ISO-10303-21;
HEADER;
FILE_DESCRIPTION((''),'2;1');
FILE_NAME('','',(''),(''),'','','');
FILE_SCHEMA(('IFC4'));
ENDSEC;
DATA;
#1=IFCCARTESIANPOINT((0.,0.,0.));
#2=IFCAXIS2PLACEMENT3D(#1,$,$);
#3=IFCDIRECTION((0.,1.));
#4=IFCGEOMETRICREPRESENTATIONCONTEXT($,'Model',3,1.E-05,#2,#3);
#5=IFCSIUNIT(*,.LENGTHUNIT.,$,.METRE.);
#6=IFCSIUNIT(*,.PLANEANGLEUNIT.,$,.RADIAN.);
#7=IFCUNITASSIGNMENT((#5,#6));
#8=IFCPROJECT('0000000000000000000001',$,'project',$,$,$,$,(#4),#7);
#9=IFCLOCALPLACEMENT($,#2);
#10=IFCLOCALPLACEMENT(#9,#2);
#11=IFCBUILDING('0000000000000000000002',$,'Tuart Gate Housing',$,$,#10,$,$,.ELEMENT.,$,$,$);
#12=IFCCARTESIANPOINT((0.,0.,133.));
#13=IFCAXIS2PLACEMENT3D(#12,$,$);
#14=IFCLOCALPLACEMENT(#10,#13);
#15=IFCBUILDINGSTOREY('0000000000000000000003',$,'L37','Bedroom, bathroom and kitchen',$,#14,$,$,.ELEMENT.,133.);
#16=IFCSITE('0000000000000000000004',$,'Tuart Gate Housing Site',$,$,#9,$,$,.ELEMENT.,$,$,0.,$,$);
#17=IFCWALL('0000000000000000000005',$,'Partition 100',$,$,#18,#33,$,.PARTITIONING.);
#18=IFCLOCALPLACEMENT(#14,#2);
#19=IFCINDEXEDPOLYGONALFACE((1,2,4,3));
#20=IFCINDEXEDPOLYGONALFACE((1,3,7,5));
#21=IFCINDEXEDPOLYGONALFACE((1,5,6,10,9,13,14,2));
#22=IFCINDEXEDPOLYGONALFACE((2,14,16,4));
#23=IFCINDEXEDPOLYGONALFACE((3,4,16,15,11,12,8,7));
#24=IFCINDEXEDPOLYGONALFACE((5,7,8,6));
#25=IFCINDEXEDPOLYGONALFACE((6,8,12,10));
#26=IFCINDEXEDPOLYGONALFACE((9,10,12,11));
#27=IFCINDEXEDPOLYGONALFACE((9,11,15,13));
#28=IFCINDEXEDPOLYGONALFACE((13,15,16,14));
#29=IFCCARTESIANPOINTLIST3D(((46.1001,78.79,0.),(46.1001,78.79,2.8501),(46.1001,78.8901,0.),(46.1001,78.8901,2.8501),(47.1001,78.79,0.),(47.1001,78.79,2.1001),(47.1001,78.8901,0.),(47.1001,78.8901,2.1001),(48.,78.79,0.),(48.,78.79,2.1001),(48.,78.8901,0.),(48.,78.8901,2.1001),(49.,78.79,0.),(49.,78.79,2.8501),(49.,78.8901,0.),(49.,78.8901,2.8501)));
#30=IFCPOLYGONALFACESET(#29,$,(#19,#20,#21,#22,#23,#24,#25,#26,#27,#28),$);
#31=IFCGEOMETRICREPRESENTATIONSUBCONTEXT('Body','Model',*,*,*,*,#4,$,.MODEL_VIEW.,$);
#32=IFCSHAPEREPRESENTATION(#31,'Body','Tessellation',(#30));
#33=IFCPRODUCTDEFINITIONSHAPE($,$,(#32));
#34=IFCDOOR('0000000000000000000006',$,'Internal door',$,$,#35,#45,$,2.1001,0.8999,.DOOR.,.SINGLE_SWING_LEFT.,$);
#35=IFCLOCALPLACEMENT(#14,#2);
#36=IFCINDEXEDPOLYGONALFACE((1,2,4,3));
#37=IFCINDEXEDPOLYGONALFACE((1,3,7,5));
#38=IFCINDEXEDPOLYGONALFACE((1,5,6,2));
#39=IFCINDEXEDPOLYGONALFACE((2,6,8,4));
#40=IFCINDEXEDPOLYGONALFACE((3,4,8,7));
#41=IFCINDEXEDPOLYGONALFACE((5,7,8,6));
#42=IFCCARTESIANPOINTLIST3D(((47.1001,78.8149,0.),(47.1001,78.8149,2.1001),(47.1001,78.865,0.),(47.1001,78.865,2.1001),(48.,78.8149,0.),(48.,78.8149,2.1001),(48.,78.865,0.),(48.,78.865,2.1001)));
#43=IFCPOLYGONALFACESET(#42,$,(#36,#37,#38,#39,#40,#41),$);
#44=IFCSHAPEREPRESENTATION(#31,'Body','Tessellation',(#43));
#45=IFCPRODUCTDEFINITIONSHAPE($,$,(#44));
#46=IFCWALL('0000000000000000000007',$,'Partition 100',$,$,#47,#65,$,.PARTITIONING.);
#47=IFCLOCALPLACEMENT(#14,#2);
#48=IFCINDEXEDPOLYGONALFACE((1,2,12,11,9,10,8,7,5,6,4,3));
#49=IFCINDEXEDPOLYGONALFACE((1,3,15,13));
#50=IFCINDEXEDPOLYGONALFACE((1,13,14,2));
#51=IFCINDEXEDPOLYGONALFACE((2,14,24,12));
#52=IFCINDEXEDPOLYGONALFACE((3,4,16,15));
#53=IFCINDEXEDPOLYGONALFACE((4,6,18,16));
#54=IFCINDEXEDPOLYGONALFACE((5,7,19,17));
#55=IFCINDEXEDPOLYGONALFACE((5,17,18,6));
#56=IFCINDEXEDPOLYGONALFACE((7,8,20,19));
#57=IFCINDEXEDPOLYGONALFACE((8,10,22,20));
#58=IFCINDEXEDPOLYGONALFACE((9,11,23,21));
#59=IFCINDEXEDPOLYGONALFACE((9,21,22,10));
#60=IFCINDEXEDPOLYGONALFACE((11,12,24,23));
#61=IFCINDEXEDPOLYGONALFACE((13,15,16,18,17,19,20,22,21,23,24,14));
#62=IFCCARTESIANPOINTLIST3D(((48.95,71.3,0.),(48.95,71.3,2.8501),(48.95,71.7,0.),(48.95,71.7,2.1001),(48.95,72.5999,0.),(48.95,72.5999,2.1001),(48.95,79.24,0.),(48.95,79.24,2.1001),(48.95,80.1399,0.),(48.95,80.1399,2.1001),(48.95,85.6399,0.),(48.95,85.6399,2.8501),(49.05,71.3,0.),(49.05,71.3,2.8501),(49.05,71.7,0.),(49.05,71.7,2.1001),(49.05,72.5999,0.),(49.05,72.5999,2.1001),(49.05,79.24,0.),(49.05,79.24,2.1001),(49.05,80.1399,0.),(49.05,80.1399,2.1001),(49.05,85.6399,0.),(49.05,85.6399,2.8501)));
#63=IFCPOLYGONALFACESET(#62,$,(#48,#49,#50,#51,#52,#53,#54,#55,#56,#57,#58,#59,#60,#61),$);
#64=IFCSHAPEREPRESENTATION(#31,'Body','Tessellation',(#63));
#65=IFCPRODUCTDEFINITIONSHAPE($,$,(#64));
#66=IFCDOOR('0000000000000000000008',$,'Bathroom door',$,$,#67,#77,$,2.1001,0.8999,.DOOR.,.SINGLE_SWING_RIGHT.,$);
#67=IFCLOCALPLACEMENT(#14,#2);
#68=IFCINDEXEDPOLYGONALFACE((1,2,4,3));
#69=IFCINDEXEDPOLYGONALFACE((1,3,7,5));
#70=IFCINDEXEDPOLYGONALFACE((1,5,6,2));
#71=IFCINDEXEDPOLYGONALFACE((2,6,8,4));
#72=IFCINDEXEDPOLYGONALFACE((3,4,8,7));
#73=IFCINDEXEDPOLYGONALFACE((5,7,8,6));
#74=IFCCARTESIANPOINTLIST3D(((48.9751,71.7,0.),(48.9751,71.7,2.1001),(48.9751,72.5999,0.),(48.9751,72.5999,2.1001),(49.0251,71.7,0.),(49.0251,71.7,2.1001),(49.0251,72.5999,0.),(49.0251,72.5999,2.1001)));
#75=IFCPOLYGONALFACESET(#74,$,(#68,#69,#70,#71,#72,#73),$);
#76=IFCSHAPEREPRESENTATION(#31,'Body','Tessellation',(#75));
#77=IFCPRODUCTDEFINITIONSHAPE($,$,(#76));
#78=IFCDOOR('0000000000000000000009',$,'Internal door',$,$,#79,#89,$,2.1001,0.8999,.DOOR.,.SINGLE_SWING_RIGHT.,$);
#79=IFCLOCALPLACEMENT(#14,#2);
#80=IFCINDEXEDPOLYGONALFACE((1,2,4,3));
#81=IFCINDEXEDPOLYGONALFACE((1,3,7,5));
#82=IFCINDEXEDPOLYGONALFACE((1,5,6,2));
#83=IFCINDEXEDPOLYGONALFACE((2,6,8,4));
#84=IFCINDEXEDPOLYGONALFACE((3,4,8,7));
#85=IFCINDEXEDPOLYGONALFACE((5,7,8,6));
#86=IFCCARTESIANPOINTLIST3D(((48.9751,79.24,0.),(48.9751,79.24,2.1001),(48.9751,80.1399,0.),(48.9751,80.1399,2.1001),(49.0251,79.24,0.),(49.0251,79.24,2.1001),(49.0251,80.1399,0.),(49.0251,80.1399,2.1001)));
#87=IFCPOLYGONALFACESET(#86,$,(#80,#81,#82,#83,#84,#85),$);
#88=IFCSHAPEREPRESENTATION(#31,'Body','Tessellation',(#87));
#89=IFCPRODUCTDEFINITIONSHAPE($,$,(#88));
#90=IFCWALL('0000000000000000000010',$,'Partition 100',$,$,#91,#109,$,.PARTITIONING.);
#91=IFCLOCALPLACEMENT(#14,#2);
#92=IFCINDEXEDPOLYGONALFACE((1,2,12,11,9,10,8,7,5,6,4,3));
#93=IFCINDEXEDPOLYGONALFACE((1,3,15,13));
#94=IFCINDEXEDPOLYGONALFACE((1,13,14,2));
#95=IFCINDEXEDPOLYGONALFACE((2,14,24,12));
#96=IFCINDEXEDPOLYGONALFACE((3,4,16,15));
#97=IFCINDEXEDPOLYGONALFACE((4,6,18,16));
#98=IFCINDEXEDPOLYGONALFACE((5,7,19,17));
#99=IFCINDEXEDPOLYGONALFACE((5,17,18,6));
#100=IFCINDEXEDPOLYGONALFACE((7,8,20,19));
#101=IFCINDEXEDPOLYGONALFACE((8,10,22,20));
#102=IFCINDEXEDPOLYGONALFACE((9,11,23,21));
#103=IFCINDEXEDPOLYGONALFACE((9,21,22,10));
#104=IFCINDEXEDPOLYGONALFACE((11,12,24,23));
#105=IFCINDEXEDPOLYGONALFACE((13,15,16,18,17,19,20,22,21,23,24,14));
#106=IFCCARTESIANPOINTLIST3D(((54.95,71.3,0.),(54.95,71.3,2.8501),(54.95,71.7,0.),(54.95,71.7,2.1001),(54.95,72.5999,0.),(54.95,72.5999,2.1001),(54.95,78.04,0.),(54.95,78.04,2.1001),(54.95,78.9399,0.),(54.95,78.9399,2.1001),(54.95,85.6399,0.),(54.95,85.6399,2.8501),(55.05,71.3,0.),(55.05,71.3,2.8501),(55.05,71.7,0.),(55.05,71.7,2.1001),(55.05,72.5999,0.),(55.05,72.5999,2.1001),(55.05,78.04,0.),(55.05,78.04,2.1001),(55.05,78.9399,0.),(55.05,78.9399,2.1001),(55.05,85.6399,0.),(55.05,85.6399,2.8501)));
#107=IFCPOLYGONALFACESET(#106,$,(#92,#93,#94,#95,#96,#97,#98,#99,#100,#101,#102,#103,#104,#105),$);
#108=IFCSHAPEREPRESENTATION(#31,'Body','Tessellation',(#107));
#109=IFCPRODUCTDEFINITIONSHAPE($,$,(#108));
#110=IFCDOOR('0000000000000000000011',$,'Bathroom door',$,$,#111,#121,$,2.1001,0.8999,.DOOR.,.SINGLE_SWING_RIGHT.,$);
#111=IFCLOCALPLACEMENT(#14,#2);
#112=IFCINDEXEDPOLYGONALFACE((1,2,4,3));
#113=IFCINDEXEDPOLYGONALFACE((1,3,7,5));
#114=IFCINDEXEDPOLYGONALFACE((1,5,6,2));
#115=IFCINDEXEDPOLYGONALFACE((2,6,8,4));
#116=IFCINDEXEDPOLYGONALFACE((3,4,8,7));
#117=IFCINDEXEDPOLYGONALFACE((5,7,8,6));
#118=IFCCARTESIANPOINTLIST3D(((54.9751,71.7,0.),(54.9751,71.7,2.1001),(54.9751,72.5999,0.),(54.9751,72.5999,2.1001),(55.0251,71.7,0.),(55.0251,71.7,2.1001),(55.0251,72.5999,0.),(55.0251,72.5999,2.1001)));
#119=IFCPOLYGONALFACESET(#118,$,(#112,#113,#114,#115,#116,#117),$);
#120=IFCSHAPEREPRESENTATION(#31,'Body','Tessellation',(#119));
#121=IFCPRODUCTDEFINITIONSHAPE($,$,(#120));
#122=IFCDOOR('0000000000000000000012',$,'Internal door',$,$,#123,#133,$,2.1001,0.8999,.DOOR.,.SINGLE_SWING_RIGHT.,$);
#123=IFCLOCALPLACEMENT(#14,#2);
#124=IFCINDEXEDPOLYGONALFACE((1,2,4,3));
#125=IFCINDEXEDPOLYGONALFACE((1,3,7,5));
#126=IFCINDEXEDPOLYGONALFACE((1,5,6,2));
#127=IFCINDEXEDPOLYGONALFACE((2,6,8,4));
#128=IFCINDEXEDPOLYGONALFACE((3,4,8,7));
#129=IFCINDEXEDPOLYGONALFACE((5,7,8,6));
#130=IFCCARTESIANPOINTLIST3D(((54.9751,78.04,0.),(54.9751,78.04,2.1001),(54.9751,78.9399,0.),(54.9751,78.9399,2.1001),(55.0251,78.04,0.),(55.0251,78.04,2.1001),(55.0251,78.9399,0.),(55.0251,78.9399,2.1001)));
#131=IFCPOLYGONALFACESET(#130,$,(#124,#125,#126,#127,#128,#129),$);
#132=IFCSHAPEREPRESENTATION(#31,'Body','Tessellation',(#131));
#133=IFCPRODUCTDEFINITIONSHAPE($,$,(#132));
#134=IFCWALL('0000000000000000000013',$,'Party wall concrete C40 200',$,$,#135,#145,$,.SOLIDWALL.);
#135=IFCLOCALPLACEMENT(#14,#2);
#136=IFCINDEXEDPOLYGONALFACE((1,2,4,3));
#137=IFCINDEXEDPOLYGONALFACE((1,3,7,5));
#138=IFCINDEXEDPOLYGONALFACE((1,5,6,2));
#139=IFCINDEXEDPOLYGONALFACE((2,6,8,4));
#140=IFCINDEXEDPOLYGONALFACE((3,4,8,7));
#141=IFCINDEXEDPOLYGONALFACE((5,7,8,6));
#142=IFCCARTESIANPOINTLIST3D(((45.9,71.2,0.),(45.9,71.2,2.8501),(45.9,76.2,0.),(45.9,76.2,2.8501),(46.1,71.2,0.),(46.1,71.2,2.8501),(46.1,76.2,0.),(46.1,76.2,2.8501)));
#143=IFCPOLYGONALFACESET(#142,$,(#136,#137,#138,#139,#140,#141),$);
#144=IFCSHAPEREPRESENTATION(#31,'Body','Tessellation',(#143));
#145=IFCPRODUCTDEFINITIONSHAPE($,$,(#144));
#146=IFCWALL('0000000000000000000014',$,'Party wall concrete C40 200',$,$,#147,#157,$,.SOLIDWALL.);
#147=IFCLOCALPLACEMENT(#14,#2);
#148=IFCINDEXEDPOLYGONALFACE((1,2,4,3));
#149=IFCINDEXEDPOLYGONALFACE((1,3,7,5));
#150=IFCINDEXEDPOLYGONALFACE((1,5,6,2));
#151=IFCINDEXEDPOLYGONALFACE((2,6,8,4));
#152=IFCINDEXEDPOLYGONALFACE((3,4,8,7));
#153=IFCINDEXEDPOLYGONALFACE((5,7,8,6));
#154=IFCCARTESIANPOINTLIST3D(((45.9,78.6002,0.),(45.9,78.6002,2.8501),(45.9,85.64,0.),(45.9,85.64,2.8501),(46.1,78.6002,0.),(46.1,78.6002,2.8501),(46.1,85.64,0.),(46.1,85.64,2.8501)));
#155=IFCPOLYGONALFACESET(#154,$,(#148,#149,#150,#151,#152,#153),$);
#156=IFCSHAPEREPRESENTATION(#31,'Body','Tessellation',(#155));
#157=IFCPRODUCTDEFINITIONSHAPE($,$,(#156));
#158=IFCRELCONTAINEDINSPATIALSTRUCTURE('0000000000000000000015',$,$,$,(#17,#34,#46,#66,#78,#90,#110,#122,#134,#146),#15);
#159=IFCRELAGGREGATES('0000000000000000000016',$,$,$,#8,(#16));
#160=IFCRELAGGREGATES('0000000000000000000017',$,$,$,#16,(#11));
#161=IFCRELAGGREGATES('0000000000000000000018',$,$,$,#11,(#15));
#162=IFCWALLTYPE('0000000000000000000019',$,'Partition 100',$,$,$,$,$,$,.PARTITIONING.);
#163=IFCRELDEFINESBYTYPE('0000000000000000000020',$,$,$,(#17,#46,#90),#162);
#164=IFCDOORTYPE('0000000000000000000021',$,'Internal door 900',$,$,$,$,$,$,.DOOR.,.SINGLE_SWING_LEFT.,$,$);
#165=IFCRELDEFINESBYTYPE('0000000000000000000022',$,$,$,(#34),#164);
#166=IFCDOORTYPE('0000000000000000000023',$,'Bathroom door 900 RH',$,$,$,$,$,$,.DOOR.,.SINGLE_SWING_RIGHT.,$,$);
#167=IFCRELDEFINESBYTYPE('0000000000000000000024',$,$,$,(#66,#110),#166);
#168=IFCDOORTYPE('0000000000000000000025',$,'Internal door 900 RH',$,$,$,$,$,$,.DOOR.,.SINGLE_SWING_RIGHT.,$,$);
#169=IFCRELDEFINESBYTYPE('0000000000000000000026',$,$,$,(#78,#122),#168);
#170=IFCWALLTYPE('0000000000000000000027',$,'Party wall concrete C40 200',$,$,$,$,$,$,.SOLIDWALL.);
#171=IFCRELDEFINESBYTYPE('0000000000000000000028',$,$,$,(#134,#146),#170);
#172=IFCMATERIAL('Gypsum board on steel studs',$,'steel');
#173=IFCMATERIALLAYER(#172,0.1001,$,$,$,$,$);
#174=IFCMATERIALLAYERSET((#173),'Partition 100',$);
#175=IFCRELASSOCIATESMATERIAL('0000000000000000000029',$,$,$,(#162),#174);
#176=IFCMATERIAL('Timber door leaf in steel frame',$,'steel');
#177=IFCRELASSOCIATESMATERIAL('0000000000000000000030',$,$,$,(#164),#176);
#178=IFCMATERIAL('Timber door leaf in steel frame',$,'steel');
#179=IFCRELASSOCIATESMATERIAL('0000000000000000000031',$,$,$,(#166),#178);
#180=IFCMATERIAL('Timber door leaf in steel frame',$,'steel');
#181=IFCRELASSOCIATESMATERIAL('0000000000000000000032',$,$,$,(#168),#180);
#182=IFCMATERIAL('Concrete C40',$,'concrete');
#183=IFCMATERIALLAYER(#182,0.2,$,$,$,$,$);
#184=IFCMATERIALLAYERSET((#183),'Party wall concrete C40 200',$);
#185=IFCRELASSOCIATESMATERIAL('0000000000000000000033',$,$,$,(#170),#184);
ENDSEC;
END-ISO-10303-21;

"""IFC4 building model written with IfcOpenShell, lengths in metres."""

from ifc_helpers import new_model, si_unit, direction, frame, frame_2d, origin, place, context, subcontext, project, spatial, rectangle, extrude, material, layer, layer_set, type_object, element, fill, save


model = new_model("IFC4")

# Units and contexts
model_context = context("Model", 3, precision=1e-05, world=origin(), true_north=direction((0.0, 1.0)))
body_context = subcontext(model_context, "Body", "Model", "MODEL_VIEW")
ifc_project = project(units=[si_unit("LENGTHUNIT", "METRE"), si_unit("PLANEANGLEUNIT", "RADIAN")], contexts=[model_context])

# Site, building, storey
site_placement = place(None, origin())
site = spatial("IfcSite", under=ifc_project, at=site_placement, Name="Tuart Gate Housing Site", CompositionType="ELEMENT", RefElevation=0.0)
building_placement = place(site_placement, origin())
building = spatial("IfcBuilding", under=site, at=building_placement, Name="Tuart Gate Housing", CompositionType="ELEMENT")
storey_placement = place(building_placement, frame((0.0, 0.0, 133.0)))
storey = spatial("IfcBuildingStorey", under=building, at=storey_placement, Name="L37", Description="Bedroom, bathroom and kitchen", CompositionType="ELEMENT", Elevation=133.0)

# Shared definitions
ifc_material_1 = material(Name="Gypsum board on steel studs", Category="steel")
ifc_layer_1 = layer(ifc_material_1, 0.1001)
ifc_layer_set_1 = layer_set([ifc_layer_1], Name="Partition 100")
wall_type_1 = type_object("IfcWallType", Name="Partition 100", PredefinedType="PARTITIONING", material=ifc_layer_set_1)

# Wall, opening, door
ifc_material_2 = material(Name="Timber door leaf in steel frame", Category="steel")
door_type_1 = type_object("IfcDoorType", Name="Internal door 900", OperationType="SINGLE_SWING_LEFT", PredefinedType="DOOR", material=ifc_material_2)
wall_1_placement = place(storey_placement, frame((46.1001, 78.8401, 0.0), z_axis=(0.0, 0.0, 1.0), x_axis=(1.0, 0.0, 0.0)))
wall_1 = element("IfcWall", 1, at=wall_1_placement, inside=storey, type_object=wall_type_1, Name="Partition 100", PredefinedType="PARTITIONING", context=body_context, shape_type="SweptSolid", body=[
    extrude(rectangle(XDim=2.8999, YDim=0.1001, at=frame_2d((1.45, 0.0))), origin(), (0.0, 0.0, 1.0), 2.8501),
])
opening_1_placement = place(wall_1_placement, frame((1.0, 0.0, 0.0)))
opening_1 = element("IfcOpeningElement", 2, at=opening_1_placement, cuts=wall_1, PredefinedType="OPENING", context=body_context, shape_type="SweptSolid", body=[
    extrude(rectangle(XDim=0.8999, YDim=2.1001, at=frame_2d((0.45, 1.05))), frame((0.0, 0.0601, 0.0), z_axis=(0.0, -1.0, 0.0), x_axis=(1.0, 0.0, 0.0)), (0.0, 0.0, 1.0), 0.1201),
])
door_1_placement = place(opening_1_placement, frame((0.8999, 0.0, 0.0), z_axis=(0.0, 0.0, 1.0), x_axis=(-1.0, 0.0, 0.0)))
door_1 = element("IfcDoor", 3, at=door_1_placement, inside=storey, type_object=door_type_1, Name="Internal door", OperationType="SINGLE_SWING_LEFT", OverallHeight=2.1001, OverallWidth=0.8999, PredefinedType="DOOR", context=body_context, shape_type="SweptSolid", body=[
    extrude(rectangle(XDim=0.8999, YDim=2.1001, at=frame_2d((0.45, 1.05))), frame((0.0, 0.0251, 0.0), z_axis=(0.0, -1.0, 0.0), x_axis=(1.0, 0.0, 0.0)), (0.0, 0.0, 1.0), 0.05),
])
fill(opening_1, door_1)

# Walls, openings, doors
wall_2_placement = place(storey_placement, frame((49.0, 71.3, 0.0), z_axis=(0.0, 0.0, 1.0), x_axis=(0.0, 1.0, 0.0)))
wall_2 = element("IfcWall", 4, at=wall_2_placement, inside=storey, type_object=wall_type_1, Name="Partition 100", PredefinedType="PARTITIONING", context=body_context, shape_type="SweptSolid", body=[
    extrude(rectangle(XDim=14.3398, YDim=0.1001, at=frame_2d((7.1699, 0.0))), origin(), (0.0, 0.0, 1.0), 2.8501),
])
opening_2_placement = place(wall_2_placement, frame((7.9399, 0.0, 0.0)))
opening_2 = element("IfcOpeningElement", 5, at=opening_2_placement, cuts=wall_2, PredefinedType="OPENING", context=body_context, shape_type="SweptSolid", body=[
    extrude(rectangle(XDim=0.8999, YDim=2.1001, at=frame_2d((0.45, 1.05))), frame((0.0, 0.0601, 0.0), z_axis=(0.0, -1.0, 0.0), x_axis=(1.0, 0.0, 0.0)), (0.0, 0.0, 1.0), 0.1201),
])
opening_3_placement = place(wall_2_placement, frame((0.3999, 0.0, 0.0)))
opening_3 = element("IfcOpeningElement", 6, at=opening_3_placement, cuts=wall_2, PredefinedType="OPENING", context=body_context, shape_type="SweptSolid", body=[
    extrude(rectangle(XDim=0.8999, YDim=2.1001, at=frame_2d((0.45, 1.05))), frame((0.0, 0.0601, 0.0), z_axis=(0.0, -1.0, 0.0), x_axis=(1.0, 0.0, 0.0)), (0.0, 0.0, 1.0), 0.1201),
])
ifc_material_3 = material(Name="Timber door leaf in steel frame", Category="steel")
door_type_2 = type_object("IfcDoorType", Name="Bathroom door 900 RH", OperationType="SINGLE_SWING_RIGHT", PredefinedType="DOOR", material=ifc_material_3)
door_2_placement = place(opening_3_placement, frame((0.8999, 0.0, 0.0), z_axis=(0.0, 0.0, 1.0), x_axis=(-1.0, 0.0, 0.0)))
door_2 = element("IfcDoor", 7, at=door_2_placement, inside=storey, type_object=door_type_2, Name="Bathroom door", OperationType="SINGLE_SWING_RIGHT", OverallHeight=2.1001, OverallWidth=0.8999, PredefinedType="DOOR", context=body_context, shape_type="SweptSolid", body=[
    extrude(rectangle(XDim=0.8999, YDim=2.1001, at=frame_2d((0.45, 1.05))), frame((0.0, 0.0251, 0.0), z_axis=(0.0, -1.0, 0.0), x_axis=(1.0, 0.0, 0.0)), (0.0, 0.0, 1.0), 0.05),
])
fill(opening_3, door_2)
ifc_material_4 = material(Name="Timber door leaf in steel frame", Category="steel")
door_type_3 = type_object("IfcDoorType", Name="Internal door 900 RH", OperationType="SINGLE_SWING_RIGHT", PredefinedType="DOOR", material=ifc_material_4)
door_3_placement = place(opening_2_placement, frame((0.8999, 0.0, 0.0), z_axis=(0.0, 0.0, 1.0), x_axis=(-1.0, 0.0, 0.0)))
door_3 = element("IfcDoor", 8, at=door_3_placement, inside=storey, type_object=door_type_3, Name="Internal door", OperationType="SINGLE_SWING_RIGHT", OverallHeight=2.1001, OverallWidth=0.8999, PredefinedType="DOOR", context=body_context, shape_type="SweptSolid", body=[
    extrude(rectangle(XDim=0.8999, YDim=2.1001, at=frame_2d((0.45, 1.05))), frame((0.0, 0.0251, 0.0), z_axis=(0.0, -1.0, 0.0), x_axis=(1.0, 0.0, 0.0)), (0.0, 0.0, 1.0), 0.05),
])
fill(opening_2, door_3)
wall_3_placement = place(storey_placement, frame((55.0, 71.3, 0.0), z_axis=(0.0, 0.0, 1.0), x_axis=(0.0, 1.0, 0.0)))
wall_3 = element("IfcWall", 9, at=wall_3_placement, inside=storey, type_object=wall_type_1, Name="Partition 100", PredefinedType="PARTITIONING", context=body_context, shape_type="SweptSolid", body=[
    extrude(rectangle(XDim=14.3398, YDim=0.1001, at=frame_2d((7.1699, 0.0))), origin(), (0.0, 0.0, 1.0), 2.8501),
])
opening_4_placement = place(wall_3_placement, frame((6.74, 0.0, 0.0)))
opening_4 = element("IfcOpeningElement", 10, at=opening_4_placement, cuts=wall_3, PredefinedType="OPENING", context=body_context, shape_type="SweptSolid", body=[
    extrude(rectangle(XDim=0.8999, YDim=2.1001, at=frame_2d((0.45, 1.05))), frame((0.0, 0.0601, 0.0), z_axis=(0.0, -1.0, 0.0), x_axis=(1.0, 0.0, 0.0)), (0.0, 0.0, 1.0), 0.1201),
])
opening_5_placement = place(wall_3_placement, frame((0.3999, 0.0, 0.0)))
opening_5 = element("IfcOpeningElement", 11, at=opening_5_placement, cuts=wall_3, PredefinedType="OPENING", context=body_context, shape_type="SweptSolid", body=[
    extrude(rectangle(XDim=0.8999, YDim=2.1001, at=frame_2d((0.45, 1.05))), frame((0.0, 0.0601, 0.0), z_axis=(0.0, -1.0, 0.0), x_axis=(1.0, 0.0, 0.0)), (0.0, 0.0, 1.0), 0.1201),
])
door_4_placement = place(opening_5_placement, frame((0.8999, 0.0, 0.0), z_axis=(0.0, 0.0, 1.0), x_axis=(-1.0, 0.0, 0.0)))
door_4 = element("IfcDoor", 12, at=door_4_placement, inside=storey, type_object=door_type_2, Name="Bathroom door", OperationType="SINGLE_SWING_RIGHT", OverallHeight=2.1001, OverallWidth=0.8999, PredefinedType="DOOR", context=body_context, shape_type="SweptSolid", body=[
    extrude(rectangle(XDim=0.8999, YDim=2.1001, at=frame_2d((0.45, 1.05))), frame((0.0, 0.0251, 0.0), z_axis=(0.0, -1.0, 0.0), x_axis=(1.0, 0.0, 0.0)), (0.0, 0.0, 1.0), 0.05),
])
fill(opening_5, door_4)
door_5_placement = place(opening_4_placement, frame((0.8999, 0.0, 0.0), z_axis=(0.0, 0.0, 1.0), x_axis=(-1.0, 0.0, 0.0)))
door_5 = element("IfcDoor", 13, at=door_5_placement, inside=storey, type_object=door_type_3, Name="Internal door", OperationType="SINGLE_SWING_RIGHT", OverallHeight=2.1001, OverallWidth=0.8999, PredefinedType="DOOR", context=body_context, shape_type="SweptSolid", body=[
    extrude(rectangle(XDim=0.8999, YDim=2.1001, at=frame_2d((0.45, 1.05))), frame((0.0, 0.0251, 0.0), z_axis=(0.0, -1.0, 0.0), x_axis=(1.0, 0.0, 0.0)), (0.0, 0.0, 1.0), 0.05),
])
fill(opening_4, door_5)

# Walls
ifc_material_5 = material(Name="Concrete C40", Category="concrete")
ifc_layer_2 = layer(ifc_material_5, 0.2)
ifc_layer_set_2 = layer_set([ifc_layer_2], Name="Party wall concrete C40 200")
wall_type_2 = type_object("IfcWallType", Name="Party wall concrete C40 200", PredefinedType="SOLIDWALL", material=ifc_layer_set_2)
wall_4_placement = place(storey_placement, frame((46.0, 71.2, 0.0), z_axis=(0.0, 0.0, 1.0), x_axis=(0.0, 1.0, 0.0)))
element("IfcWall", 14, at=wall_4_placement, inside=storey, type_object=wall_type_2, Name="Party wall concrete C40 200", PredefinedType="SOLIDWALL", context=body_context, shape_type="SweptSolid", body=[
    extrude(rectangle(XDim=5.0, YDim=0.2, at=frame_2d((2.5, 0.0))), origin(), (0.0, 0.0, 1.0), 2.8501),
])
wall_5_placement = place(storey_placement, frame((46.0, 78.6001, 0.0), z_axis=(0.0, 0.0, 1.0), x_axis=(0.0, 1.0, 0.0)))
element("IfcWall", 15, at=wall_5_placement, inside=storey, type_object=wall_type_2, Name="Party wall concrete C40 200", PredefinedType="SOLIDWALL", context=body_context, shape_type="SweptSolid", body=[
    extrude(rectangle(XDim=7.0398, YDim=0.2, at=frame_2d((3.52, 0.0))), origin(), (0.0, 0.0, 1.0), 2.8501),
])

save(model, "model.ifc")
